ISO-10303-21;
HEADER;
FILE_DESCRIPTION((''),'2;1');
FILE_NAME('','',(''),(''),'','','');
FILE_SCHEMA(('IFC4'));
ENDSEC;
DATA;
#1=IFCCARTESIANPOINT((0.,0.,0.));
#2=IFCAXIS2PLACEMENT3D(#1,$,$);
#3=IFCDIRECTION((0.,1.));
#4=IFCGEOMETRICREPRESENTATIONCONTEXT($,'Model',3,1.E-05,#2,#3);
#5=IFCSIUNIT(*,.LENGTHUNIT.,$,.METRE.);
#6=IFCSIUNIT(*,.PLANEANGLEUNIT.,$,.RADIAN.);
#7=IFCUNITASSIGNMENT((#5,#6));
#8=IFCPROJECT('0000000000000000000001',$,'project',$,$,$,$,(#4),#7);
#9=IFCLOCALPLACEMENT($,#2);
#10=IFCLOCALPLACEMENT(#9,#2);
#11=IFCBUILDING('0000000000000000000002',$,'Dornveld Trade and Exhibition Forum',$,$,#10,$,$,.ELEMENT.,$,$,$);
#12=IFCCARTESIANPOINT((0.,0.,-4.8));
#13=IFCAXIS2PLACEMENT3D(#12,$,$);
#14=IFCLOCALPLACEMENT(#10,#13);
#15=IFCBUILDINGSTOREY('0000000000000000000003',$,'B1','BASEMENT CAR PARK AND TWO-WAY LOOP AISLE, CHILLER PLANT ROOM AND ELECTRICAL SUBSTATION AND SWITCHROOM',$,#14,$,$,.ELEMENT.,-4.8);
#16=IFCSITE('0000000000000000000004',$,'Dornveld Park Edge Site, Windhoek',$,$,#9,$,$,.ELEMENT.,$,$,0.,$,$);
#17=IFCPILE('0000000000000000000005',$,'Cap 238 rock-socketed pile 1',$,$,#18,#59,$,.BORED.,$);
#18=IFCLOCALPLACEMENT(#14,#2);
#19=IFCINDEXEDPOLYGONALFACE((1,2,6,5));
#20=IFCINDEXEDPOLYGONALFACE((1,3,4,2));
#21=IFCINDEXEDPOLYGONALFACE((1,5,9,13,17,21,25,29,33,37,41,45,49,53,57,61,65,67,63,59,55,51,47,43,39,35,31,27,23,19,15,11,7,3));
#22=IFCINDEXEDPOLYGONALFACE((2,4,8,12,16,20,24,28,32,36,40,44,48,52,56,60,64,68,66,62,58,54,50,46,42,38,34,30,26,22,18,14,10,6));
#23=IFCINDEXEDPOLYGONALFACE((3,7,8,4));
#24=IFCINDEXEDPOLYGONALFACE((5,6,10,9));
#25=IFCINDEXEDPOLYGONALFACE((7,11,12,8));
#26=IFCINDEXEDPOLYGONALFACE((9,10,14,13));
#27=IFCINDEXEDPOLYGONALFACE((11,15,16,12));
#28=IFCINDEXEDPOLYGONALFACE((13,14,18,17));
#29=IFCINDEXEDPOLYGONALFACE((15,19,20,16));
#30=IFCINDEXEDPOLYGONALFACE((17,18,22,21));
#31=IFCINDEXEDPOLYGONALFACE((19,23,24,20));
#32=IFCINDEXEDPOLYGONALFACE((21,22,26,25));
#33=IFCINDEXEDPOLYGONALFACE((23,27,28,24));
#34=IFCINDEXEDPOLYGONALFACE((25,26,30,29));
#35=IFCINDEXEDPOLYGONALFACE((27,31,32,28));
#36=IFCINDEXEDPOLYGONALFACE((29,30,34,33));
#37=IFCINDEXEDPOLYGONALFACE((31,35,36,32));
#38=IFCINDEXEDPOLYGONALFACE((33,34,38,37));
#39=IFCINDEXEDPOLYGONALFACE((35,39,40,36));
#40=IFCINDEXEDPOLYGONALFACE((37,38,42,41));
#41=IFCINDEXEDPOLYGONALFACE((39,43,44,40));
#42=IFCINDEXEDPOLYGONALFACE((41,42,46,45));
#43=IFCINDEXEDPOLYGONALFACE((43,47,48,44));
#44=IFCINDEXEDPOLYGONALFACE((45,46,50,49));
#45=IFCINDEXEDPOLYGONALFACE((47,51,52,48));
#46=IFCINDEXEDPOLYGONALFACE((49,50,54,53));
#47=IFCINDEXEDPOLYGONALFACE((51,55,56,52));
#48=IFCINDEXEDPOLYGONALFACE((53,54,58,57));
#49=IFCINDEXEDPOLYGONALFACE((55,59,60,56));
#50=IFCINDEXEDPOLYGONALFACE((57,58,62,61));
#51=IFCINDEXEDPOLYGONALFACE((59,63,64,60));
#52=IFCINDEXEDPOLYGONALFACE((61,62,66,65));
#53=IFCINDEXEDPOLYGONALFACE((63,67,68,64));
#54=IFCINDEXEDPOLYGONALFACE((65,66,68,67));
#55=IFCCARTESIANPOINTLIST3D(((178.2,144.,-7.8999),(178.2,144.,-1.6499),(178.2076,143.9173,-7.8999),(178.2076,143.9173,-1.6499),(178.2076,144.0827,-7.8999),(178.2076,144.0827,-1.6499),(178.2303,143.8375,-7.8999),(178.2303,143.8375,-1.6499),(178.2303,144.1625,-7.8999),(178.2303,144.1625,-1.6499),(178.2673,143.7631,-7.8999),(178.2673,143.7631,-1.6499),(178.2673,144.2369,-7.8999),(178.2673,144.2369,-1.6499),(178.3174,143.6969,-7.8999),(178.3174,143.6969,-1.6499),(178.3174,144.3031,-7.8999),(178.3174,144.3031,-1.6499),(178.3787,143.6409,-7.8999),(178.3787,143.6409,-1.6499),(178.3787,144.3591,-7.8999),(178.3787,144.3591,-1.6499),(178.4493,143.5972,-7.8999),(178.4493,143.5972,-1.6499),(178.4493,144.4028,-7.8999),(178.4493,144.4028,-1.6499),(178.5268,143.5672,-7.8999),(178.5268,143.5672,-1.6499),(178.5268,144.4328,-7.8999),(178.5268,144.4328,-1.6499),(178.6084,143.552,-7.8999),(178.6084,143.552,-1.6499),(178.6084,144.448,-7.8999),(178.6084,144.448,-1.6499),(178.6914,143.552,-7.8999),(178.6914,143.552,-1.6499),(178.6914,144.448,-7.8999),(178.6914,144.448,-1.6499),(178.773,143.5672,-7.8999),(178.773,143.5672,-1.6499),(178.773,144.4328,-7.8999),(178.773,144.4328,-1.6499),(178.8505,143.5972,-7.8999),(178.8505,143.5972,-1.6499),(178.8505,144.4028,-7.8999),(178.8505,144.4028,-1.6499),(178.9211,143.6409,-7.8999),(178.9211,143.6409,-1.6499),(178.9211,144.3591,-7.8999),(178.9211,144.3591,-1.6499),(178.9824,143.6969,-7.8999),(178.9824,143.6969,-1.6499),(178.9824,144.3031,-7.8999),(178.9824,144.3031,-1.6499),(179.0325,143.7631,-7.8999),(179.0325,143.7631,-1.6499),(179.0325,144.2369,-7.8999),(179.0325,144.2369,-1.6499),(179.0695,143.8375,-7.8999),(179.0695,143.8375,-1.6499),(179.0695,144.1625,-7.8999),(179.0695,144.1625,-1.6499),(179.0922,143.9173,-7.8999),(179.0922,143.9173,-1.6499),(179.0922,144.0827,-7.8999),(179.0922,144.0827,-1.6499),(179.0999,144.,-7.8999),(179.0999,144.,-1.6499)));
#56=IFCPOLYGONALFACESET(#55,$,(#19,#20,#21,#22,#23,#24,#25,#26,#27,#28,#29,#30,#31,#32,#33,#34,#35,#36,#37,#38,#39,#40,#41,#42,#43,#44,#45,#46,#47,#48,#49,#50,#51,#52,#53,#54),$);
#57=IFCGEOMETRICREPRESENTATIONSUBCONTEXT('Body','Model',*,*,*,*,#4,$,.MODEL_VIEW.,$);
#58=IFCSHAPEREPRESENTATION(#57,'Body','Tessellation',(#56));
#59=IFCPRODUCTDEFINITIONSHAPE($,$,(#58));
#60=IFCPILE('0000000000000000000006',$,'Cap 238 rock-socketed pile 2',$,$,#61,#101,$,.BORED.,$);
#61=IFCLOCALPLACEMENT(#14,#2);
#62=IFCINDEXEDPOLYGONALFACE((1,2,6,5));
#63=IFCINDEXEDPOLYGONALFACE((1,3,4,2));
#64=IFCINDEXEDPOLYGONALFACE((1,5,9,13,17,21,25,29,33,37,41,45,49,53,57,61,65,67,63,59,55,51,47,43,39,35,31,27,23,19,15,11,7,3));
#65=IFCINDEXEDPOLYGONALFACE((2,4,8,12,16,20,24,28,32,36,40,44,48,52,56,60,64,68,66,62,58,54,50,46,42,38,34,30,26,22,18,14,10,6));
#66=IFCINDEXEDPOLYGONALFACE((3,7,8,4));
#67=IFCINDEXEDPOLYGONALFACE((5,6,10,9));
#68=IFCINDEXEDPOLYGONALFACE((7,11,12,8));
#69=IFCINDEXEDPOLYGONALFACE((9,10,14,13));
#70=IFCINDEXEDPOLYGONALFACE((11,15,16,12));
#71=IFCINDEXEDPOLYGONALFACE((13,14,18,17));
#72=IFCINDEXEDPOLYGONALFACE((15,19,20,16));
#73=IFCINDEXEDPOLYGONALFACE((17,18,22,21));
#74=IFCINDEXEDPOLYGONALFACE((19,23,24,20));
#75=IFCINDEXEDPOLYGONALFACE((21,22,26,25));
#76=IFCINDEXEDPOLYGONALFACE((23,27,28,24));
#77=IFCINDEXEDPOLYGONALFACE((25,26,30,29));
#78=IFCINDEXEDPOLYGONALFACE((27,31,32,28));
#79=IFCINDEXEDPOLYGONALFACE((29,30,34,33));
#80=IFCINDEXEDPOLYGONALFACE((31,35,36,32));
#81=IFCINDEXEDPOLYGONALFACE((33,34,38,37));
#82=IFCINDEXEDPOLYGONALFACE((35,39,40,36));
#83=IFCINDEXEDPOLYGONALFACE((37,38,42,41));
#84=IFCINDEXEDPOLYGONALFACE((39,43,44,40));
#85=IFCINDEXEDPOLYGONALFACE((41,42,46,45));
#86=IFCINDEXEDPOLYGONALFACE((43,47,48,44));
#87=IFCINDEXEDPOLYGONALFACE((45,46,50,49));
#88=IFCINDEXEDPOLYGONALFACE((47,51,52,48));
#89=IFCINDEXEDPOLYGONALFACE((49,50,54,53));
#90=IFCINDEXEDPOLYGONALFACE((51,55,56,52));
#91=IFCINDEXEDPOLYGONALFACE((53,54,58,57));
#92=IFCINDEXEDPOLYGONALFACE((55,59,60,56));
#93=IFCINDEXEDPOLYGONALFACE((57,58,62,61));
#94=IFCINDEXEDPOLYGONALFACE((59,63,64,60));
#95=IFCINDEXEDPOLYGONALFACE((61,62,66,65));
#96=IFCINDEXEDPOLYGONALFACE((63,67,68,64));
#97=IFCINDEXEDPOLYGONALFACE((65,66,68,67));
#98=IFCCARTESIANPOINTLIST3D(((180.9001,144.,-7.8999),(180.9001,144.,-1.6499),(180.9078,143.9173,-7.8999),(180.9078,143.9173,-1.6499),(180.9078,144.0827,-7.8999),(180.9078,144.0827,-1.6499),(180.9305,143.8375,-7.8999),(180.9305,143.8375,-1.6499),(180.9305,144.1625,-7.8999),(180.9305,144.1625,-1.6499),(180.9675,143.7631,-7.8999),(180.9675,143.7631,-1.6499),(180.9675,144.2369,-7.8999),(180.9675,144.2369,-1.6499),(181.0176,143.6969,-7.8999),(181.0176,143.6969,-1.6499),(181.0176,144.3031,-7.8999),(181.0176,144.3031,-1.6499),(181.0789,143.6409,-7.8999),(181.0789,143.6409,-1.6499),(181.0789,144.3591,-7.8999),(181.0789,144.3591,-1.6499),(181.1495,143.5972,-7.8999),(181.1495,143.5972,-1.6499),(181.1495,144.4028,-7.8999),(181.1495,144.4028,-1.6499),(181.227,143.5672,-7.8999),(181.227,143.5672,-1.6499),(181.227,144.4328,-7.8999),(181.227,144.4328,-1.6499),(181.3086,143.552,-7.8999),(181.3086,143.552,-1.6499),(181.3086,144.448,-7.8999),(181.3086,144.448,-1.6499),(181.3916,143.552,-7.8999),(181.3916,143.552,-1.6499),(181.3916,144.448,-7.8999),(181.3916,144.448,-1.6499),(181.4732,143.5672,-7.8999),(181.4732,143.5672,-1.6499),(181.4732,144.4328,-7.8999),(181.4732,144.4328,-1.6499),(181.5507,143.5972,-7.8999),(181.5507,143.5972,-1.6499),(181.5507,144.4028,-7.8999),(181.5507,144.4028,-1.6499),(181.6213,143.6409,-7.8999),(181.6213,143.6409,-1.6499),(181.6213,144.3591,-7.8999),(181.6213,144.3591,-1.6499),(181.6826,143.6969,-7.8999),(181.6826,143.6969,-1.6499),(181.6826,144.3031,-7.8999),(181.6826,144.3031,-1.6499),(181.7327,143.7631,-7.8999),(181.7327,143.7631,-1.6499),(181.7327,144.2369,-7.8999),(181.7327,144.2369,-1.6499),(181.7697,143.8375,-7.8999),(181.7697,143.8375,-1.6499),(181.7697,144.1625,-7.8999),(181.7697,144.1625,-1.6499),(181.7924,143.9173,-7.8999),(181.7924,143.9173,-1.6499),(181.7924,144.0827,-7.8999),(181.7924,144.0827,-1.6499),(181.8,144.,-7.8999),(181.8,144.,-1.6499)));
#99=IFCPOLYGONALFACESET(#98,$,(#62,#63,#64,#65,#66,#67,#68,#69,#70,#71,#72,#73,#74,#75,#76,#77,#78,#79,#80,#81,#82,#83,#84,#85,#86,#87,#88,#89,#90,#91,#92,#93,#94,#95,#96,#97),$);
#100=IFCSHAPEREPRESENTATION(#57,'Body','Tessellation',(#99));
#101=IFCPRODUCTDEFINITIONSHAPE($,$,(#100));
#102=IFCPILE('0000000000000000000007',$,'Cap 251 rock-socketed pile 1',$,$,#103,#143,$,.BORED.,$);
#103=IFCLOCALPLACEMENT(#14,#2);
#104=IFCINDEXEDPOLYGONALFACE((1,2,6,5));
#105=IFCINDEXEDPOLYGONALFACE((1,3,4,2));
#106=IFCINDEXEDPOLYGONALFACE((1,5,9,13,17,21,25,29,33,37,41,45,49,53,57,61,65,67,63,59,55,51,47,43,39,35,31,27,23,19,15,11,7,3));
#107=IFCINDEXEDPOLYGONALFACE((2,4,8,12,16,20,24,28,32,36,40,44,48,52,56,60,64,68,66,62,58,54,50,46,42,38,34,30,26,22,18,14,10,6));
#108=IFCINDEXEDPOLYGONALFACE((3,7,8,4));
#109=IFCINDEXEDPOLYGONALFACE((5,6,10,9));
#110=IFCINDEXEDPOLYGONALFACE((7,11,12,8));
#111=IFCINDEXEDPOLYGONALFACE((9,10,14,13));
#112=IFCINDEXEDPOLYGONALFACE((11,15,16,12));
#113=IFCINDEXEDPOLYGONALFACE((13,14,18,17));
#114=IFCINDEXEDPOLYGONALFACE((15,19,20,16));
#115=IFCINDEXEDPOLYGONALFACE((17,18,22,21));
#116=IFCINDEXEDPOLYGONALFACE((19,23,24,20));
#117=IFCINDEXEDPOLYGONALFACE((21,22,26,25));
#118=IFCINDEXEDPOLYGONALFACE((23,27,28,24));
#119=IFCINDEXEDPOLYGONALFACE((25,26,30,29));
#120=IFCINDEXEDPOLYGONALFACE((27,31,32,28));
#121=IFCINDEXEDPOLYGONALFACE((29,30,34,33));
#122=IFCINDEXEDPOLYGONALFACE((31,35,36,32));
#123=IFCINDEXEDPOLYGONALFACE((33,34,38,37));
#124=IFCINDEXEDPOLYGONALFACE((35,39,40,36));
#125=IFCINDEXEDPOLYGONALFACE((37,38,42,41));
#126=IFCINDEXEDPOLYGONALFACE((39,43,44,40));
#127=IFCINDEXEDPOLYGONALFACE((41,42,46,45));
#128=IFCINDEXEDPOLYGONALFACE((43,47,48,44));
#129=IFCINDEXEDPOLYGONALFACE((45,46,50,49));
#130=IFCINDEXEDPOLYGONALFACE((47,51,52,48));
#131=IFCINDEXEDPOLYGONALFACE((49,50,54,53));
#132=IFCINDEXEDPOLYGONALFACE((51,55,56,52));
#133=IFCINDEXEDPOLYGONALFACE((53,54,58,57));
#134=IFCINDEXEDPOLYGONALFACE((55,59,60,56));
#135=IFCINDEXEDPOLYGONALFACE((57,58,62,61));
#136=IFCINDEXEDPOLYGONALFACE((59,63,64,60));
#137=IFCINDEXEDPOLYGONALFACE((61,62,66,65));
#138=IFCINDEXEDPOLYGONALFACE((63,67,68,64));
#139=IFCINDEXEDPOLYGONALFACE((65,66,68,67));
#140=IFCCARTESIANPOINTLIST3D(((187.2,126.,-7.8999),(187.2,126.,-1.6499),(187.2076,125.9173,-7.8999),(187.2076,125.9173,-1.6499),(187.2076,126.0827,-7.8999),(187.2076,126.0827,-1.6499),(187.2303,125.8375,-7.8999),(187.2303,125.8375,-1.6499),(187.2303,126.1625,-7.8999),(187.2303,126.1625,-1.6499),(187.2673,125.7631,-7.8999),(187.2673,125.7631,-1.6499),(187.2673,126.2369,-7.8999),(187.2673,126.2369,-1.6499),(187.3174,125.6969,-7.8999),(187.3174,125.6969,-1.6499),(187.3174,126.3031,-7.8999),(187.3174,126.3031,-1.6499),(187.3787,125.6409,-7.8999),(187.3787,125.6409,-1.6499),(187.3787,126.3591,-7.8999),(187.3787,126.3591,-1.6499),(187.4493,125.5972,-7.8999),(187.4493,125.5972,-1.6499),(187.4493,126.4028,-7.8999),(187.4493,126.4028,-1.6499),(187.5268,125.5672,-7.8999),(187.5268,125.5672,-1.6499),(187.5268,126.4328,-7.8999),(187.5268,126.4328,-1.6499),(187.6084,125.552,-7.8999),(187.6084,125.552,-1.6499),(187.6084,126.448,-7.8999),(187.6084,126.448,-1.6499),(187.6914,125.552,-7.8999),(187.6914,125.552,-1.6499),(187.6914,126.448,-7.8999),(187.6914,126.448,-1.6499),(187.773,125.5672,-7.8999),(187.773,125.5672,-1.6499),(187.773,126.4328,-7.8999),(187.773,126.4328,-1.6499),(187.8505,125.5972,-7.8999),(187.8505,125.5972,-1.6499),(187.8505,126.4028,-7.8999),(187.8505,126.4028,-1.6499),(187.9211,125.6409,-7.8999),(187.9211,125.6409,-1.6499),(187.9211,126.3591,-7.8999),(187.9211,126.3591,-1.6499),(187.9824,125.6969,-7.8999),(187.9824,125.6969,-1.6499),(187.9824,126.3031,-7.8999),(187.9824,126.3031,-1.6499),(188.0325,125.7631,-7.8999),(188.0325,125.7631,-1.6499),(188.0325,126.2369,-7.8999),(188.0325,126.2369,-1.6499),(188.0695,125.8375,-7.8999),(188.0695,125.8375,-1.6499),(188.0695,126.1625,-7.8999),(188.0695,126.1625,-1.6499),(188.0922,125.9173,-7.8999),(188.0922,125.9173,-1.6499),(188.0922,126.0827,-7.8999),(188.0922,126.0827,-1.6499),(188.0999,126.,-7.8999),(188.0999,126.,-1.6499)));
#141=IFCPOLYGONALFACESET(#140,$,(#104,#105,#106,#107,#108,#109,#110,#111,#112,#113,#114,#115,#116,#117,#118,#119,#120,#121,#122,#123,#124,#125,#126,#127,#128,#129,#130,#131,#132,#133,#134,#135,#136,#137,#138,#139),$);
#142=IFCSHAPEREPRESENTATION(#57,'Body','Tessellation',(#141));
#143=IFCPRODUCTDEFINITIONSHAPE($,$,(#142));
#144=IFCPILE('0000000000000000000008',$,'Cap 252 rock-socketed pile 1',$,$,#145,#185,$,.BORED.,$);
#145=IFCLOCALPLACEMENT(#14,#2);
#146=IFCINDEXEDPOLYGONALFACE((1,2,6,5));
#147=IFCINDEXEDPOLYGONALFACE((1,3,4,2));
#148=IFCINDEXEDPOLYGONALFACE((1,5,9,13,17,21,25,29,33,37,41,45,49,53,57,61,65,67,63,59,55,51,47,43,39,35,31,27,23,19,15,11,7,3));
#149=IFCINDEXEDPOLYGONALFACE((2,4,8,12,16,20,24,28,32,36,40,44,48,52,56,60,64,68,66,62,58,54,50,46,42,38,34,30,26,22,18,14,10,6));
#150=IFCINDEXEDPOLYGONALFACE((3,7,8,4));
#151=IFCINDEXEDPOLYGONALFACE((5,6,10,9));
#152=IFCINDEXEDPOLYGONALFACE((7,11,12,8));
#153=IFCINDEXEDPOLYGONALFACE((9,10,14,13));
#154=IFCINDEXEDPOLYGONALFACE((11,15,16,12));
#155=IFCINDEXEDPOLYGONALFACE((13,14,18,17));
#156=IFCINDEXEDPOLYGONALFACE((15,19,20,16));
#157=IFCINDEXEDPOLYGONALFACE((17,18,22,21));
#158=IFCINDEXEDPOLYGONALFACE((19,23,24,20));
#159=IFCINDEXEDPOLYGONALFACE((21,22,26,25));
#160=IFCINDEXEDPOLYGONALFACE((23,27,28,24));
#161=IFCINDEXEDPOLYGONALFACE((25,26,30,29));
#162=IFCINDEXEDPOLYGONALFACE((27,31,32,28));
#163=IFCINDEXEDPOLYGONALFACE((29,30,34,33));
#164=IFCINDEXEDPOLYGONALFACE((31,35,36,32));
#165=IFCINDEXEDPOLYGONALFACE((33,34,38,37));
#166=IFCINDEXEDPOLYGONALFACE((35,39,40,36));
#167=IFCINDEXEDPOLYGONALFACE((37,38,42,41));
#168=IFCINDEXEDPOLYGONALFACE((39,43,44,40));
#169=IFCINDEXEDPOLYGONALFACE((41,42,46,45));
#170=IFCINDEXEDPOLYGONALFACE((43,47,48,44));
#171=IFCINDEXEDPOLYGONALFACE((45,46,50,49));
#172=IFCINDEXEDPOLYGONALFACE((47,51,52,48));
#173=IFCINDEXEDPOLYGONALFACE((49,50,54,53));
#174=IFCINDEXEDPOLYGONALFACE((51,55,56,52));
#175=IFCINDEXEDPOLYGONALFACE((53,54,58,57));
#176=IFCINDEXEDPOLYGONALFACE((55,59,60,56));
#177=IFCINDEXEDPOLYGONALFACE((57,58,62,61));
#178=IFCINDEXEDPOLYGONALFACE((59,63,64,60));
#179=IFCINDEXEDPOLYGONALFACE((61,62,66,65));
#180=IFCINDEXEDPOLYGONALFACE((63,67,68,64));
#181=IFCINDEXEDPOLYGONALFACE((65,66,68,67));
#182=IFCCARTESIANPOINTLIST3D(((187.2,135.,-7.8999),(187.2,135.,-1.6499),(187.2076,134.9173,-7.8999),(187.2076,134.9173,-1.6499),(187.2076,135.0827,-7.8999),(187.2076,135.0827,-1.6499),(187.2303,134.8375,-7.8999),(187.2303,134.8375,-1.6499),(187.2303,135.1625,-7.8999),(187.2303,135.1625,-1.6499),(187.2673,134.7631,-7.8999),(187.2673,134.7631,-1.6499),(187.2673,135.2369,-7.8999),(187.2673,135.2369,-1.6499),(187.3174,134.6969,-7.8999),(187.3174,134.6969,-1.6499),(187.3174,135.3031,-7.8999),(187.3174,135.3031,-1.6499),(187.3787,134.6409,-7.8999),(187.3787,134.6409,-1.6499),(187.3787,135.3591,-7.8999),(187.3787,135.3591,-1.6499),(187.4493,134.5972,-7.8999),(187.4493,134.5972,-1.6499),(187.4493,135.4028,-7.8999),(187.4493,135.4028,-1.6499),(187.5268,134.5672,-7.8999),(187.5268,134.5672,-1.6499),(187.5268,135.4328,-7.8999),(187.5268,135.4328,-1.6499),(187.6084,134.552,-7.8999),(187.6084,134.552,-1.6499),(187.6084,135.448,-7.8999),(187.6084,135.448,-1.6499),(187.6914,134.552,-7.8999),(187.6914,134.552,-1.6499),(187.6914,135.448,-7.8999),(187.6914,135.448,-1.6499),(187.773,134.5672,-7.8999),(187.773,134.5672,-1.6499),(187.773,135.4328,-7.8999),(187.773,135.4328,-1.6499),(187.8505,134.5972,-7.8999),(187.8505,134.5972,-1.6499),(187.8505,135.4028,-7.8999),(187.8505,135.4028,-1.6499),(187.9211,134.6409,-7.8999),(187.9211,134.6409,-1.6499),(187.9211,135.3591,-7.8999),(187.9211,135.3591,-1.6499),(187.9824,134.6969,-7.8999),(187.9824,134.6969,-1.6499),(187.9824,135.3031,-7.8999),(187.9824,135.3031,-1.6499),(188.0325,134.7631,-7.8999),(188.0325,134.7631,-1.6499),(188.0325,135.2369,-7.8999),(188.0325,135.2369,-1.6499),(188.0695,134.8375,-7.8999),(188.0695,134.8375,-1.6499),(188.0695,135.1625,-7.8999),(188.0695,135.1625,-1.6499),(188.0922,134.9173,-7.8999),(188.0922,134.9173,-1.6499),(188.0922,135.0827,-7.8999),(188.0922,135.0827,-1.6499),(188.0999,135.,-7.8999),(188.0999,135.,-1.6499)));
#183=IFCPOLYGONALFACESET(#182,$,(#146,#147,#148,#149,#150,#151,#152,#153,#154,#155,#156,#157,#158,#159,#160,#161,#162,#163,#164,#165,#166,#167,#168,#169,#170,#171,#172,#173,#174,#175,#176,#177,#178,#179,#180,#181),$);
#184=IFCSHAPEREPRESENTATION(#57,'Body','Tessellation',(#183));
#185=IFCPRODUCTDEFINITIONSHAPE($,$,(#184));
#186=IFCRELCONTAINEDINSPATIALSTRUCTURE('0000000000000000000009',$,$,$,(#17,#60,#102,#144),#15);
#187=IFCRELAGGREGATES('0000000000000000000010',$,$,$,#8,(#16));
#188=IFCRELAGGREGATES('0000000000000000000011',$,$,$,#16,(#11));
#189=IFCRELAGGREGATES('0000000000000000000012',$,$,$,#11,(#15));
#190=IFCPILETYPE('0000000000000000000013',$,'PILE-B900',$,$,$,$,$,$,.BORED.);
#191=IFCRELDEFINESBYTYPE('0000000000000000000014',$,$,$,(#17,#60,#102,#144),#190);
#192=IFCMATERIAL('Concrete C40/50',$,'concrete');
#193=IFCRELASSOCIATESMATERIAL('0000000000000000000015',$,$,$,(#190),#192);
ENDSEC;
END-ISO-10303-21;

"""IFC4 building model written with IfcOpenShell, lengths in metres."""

from ifc_helpers import new_model, si_unit, direction, frame, origin, origin_2d, place, context, subcontext, project, spatial, circle, extrude, material, material_profile, profile_set, type_object, element, save


model = new_model("IFC4")

# Units and contexts
model_context = context("Model", 3, precision=1e-05, world=origin(), true_north=direction((0.0, 1.0)))
body_context = subcontext(model_context, "Body", "Model", "MODEL_VIEW")
ifc_project = project(units=[si_unit("LENGTHUNIT", "METRE"), si_unit("PLANEANGLEUNIT", "RADIAN")], contexts=[model_context])

# Site, building, storey
site_placement = place(None, origin())
site = spatial("IfcSite", under=ifc_project, at=site_placement, Name="Dornveld Park Edge Site, Windhoek", CompositionType="ELEMENT", RefElevation=0.0)
building_placement = place(site_placement, origin())
building = spatial("IfcBuilding", under=site, at=building_placement, Name="Dornveld Trade and Exhibition Forum", CompositionType="ELEMENT")
storey_placement = place(building_placement, frame((0.0, 0.0, -4.8)))
storey = spatial("IfcBuildingStorey", under=building, at=storey_placement, Name="B1", Description="BASEMENT CAR PARK AND TWO-WAY LOOP AISLE, CHILLER PLANT ROOM AND ELECTRICAL SUBSTATION AND SWITCHROOM", CompositionType="ELEMENT", Elevation=-4.8)

# Piles
ifc_material_1 = material(Name="Concrete C40/50", Category="concrete")
ifc_material_profile_1 = material_profile(ifc_material_1, circle(Radius=0.45, at=origin_2d()), Name="PILE D900")
ifc_profile_set_1 = profile_set([ifc_material_profile_1], Name="Concrete C40/50")
pile_type = type_object("IfcPileType", Name="PILE-B900", PredefinedType="BORED", material=ifc_profile_set_1)
for number, where, z_axis, x_axis, name in (
    (1, (178.6499, 144.0, -1.6499), (0.0, 0.0, -1.0), (1.0, 0.0, 0.0), "Cap 238 rock-socketed pile 1"),
    (2, (181.3501, 144.0, -1.6499), (0.0, 0.0, -1.0), (1.0, 0.0, 0.0), "Cap 238 rock-socketed pile 2"),
    (3, (187.6499, 126.0, -1.6499), (0.0, 0.0, -1.0), (1.0, 0.0, 0.0), "Cap 251 rock-socketed pile 1"),
    (4, (187.6499, 135.0, -1.6499), (0.0, 0.0, -1.0), (1.0, 0.0, 0.0), "Cap 252 rock-socketed pile 1"),
):
    element("IfcPile", number, at=place(storey_placement, frame(where, z_axis=z_axis, x_axis=x_axis)), inside=storey, type_object=pile_type, Name=name, PredefinedType="BORED", context=body_context, shape_type="SweptSolid", body=[
        extrude(circle(Radius=0.45, at=origin_2d()), origin(), (0.0, 0.0, 1.0), 6.25),
    ])

save(model, "model.ifc")
